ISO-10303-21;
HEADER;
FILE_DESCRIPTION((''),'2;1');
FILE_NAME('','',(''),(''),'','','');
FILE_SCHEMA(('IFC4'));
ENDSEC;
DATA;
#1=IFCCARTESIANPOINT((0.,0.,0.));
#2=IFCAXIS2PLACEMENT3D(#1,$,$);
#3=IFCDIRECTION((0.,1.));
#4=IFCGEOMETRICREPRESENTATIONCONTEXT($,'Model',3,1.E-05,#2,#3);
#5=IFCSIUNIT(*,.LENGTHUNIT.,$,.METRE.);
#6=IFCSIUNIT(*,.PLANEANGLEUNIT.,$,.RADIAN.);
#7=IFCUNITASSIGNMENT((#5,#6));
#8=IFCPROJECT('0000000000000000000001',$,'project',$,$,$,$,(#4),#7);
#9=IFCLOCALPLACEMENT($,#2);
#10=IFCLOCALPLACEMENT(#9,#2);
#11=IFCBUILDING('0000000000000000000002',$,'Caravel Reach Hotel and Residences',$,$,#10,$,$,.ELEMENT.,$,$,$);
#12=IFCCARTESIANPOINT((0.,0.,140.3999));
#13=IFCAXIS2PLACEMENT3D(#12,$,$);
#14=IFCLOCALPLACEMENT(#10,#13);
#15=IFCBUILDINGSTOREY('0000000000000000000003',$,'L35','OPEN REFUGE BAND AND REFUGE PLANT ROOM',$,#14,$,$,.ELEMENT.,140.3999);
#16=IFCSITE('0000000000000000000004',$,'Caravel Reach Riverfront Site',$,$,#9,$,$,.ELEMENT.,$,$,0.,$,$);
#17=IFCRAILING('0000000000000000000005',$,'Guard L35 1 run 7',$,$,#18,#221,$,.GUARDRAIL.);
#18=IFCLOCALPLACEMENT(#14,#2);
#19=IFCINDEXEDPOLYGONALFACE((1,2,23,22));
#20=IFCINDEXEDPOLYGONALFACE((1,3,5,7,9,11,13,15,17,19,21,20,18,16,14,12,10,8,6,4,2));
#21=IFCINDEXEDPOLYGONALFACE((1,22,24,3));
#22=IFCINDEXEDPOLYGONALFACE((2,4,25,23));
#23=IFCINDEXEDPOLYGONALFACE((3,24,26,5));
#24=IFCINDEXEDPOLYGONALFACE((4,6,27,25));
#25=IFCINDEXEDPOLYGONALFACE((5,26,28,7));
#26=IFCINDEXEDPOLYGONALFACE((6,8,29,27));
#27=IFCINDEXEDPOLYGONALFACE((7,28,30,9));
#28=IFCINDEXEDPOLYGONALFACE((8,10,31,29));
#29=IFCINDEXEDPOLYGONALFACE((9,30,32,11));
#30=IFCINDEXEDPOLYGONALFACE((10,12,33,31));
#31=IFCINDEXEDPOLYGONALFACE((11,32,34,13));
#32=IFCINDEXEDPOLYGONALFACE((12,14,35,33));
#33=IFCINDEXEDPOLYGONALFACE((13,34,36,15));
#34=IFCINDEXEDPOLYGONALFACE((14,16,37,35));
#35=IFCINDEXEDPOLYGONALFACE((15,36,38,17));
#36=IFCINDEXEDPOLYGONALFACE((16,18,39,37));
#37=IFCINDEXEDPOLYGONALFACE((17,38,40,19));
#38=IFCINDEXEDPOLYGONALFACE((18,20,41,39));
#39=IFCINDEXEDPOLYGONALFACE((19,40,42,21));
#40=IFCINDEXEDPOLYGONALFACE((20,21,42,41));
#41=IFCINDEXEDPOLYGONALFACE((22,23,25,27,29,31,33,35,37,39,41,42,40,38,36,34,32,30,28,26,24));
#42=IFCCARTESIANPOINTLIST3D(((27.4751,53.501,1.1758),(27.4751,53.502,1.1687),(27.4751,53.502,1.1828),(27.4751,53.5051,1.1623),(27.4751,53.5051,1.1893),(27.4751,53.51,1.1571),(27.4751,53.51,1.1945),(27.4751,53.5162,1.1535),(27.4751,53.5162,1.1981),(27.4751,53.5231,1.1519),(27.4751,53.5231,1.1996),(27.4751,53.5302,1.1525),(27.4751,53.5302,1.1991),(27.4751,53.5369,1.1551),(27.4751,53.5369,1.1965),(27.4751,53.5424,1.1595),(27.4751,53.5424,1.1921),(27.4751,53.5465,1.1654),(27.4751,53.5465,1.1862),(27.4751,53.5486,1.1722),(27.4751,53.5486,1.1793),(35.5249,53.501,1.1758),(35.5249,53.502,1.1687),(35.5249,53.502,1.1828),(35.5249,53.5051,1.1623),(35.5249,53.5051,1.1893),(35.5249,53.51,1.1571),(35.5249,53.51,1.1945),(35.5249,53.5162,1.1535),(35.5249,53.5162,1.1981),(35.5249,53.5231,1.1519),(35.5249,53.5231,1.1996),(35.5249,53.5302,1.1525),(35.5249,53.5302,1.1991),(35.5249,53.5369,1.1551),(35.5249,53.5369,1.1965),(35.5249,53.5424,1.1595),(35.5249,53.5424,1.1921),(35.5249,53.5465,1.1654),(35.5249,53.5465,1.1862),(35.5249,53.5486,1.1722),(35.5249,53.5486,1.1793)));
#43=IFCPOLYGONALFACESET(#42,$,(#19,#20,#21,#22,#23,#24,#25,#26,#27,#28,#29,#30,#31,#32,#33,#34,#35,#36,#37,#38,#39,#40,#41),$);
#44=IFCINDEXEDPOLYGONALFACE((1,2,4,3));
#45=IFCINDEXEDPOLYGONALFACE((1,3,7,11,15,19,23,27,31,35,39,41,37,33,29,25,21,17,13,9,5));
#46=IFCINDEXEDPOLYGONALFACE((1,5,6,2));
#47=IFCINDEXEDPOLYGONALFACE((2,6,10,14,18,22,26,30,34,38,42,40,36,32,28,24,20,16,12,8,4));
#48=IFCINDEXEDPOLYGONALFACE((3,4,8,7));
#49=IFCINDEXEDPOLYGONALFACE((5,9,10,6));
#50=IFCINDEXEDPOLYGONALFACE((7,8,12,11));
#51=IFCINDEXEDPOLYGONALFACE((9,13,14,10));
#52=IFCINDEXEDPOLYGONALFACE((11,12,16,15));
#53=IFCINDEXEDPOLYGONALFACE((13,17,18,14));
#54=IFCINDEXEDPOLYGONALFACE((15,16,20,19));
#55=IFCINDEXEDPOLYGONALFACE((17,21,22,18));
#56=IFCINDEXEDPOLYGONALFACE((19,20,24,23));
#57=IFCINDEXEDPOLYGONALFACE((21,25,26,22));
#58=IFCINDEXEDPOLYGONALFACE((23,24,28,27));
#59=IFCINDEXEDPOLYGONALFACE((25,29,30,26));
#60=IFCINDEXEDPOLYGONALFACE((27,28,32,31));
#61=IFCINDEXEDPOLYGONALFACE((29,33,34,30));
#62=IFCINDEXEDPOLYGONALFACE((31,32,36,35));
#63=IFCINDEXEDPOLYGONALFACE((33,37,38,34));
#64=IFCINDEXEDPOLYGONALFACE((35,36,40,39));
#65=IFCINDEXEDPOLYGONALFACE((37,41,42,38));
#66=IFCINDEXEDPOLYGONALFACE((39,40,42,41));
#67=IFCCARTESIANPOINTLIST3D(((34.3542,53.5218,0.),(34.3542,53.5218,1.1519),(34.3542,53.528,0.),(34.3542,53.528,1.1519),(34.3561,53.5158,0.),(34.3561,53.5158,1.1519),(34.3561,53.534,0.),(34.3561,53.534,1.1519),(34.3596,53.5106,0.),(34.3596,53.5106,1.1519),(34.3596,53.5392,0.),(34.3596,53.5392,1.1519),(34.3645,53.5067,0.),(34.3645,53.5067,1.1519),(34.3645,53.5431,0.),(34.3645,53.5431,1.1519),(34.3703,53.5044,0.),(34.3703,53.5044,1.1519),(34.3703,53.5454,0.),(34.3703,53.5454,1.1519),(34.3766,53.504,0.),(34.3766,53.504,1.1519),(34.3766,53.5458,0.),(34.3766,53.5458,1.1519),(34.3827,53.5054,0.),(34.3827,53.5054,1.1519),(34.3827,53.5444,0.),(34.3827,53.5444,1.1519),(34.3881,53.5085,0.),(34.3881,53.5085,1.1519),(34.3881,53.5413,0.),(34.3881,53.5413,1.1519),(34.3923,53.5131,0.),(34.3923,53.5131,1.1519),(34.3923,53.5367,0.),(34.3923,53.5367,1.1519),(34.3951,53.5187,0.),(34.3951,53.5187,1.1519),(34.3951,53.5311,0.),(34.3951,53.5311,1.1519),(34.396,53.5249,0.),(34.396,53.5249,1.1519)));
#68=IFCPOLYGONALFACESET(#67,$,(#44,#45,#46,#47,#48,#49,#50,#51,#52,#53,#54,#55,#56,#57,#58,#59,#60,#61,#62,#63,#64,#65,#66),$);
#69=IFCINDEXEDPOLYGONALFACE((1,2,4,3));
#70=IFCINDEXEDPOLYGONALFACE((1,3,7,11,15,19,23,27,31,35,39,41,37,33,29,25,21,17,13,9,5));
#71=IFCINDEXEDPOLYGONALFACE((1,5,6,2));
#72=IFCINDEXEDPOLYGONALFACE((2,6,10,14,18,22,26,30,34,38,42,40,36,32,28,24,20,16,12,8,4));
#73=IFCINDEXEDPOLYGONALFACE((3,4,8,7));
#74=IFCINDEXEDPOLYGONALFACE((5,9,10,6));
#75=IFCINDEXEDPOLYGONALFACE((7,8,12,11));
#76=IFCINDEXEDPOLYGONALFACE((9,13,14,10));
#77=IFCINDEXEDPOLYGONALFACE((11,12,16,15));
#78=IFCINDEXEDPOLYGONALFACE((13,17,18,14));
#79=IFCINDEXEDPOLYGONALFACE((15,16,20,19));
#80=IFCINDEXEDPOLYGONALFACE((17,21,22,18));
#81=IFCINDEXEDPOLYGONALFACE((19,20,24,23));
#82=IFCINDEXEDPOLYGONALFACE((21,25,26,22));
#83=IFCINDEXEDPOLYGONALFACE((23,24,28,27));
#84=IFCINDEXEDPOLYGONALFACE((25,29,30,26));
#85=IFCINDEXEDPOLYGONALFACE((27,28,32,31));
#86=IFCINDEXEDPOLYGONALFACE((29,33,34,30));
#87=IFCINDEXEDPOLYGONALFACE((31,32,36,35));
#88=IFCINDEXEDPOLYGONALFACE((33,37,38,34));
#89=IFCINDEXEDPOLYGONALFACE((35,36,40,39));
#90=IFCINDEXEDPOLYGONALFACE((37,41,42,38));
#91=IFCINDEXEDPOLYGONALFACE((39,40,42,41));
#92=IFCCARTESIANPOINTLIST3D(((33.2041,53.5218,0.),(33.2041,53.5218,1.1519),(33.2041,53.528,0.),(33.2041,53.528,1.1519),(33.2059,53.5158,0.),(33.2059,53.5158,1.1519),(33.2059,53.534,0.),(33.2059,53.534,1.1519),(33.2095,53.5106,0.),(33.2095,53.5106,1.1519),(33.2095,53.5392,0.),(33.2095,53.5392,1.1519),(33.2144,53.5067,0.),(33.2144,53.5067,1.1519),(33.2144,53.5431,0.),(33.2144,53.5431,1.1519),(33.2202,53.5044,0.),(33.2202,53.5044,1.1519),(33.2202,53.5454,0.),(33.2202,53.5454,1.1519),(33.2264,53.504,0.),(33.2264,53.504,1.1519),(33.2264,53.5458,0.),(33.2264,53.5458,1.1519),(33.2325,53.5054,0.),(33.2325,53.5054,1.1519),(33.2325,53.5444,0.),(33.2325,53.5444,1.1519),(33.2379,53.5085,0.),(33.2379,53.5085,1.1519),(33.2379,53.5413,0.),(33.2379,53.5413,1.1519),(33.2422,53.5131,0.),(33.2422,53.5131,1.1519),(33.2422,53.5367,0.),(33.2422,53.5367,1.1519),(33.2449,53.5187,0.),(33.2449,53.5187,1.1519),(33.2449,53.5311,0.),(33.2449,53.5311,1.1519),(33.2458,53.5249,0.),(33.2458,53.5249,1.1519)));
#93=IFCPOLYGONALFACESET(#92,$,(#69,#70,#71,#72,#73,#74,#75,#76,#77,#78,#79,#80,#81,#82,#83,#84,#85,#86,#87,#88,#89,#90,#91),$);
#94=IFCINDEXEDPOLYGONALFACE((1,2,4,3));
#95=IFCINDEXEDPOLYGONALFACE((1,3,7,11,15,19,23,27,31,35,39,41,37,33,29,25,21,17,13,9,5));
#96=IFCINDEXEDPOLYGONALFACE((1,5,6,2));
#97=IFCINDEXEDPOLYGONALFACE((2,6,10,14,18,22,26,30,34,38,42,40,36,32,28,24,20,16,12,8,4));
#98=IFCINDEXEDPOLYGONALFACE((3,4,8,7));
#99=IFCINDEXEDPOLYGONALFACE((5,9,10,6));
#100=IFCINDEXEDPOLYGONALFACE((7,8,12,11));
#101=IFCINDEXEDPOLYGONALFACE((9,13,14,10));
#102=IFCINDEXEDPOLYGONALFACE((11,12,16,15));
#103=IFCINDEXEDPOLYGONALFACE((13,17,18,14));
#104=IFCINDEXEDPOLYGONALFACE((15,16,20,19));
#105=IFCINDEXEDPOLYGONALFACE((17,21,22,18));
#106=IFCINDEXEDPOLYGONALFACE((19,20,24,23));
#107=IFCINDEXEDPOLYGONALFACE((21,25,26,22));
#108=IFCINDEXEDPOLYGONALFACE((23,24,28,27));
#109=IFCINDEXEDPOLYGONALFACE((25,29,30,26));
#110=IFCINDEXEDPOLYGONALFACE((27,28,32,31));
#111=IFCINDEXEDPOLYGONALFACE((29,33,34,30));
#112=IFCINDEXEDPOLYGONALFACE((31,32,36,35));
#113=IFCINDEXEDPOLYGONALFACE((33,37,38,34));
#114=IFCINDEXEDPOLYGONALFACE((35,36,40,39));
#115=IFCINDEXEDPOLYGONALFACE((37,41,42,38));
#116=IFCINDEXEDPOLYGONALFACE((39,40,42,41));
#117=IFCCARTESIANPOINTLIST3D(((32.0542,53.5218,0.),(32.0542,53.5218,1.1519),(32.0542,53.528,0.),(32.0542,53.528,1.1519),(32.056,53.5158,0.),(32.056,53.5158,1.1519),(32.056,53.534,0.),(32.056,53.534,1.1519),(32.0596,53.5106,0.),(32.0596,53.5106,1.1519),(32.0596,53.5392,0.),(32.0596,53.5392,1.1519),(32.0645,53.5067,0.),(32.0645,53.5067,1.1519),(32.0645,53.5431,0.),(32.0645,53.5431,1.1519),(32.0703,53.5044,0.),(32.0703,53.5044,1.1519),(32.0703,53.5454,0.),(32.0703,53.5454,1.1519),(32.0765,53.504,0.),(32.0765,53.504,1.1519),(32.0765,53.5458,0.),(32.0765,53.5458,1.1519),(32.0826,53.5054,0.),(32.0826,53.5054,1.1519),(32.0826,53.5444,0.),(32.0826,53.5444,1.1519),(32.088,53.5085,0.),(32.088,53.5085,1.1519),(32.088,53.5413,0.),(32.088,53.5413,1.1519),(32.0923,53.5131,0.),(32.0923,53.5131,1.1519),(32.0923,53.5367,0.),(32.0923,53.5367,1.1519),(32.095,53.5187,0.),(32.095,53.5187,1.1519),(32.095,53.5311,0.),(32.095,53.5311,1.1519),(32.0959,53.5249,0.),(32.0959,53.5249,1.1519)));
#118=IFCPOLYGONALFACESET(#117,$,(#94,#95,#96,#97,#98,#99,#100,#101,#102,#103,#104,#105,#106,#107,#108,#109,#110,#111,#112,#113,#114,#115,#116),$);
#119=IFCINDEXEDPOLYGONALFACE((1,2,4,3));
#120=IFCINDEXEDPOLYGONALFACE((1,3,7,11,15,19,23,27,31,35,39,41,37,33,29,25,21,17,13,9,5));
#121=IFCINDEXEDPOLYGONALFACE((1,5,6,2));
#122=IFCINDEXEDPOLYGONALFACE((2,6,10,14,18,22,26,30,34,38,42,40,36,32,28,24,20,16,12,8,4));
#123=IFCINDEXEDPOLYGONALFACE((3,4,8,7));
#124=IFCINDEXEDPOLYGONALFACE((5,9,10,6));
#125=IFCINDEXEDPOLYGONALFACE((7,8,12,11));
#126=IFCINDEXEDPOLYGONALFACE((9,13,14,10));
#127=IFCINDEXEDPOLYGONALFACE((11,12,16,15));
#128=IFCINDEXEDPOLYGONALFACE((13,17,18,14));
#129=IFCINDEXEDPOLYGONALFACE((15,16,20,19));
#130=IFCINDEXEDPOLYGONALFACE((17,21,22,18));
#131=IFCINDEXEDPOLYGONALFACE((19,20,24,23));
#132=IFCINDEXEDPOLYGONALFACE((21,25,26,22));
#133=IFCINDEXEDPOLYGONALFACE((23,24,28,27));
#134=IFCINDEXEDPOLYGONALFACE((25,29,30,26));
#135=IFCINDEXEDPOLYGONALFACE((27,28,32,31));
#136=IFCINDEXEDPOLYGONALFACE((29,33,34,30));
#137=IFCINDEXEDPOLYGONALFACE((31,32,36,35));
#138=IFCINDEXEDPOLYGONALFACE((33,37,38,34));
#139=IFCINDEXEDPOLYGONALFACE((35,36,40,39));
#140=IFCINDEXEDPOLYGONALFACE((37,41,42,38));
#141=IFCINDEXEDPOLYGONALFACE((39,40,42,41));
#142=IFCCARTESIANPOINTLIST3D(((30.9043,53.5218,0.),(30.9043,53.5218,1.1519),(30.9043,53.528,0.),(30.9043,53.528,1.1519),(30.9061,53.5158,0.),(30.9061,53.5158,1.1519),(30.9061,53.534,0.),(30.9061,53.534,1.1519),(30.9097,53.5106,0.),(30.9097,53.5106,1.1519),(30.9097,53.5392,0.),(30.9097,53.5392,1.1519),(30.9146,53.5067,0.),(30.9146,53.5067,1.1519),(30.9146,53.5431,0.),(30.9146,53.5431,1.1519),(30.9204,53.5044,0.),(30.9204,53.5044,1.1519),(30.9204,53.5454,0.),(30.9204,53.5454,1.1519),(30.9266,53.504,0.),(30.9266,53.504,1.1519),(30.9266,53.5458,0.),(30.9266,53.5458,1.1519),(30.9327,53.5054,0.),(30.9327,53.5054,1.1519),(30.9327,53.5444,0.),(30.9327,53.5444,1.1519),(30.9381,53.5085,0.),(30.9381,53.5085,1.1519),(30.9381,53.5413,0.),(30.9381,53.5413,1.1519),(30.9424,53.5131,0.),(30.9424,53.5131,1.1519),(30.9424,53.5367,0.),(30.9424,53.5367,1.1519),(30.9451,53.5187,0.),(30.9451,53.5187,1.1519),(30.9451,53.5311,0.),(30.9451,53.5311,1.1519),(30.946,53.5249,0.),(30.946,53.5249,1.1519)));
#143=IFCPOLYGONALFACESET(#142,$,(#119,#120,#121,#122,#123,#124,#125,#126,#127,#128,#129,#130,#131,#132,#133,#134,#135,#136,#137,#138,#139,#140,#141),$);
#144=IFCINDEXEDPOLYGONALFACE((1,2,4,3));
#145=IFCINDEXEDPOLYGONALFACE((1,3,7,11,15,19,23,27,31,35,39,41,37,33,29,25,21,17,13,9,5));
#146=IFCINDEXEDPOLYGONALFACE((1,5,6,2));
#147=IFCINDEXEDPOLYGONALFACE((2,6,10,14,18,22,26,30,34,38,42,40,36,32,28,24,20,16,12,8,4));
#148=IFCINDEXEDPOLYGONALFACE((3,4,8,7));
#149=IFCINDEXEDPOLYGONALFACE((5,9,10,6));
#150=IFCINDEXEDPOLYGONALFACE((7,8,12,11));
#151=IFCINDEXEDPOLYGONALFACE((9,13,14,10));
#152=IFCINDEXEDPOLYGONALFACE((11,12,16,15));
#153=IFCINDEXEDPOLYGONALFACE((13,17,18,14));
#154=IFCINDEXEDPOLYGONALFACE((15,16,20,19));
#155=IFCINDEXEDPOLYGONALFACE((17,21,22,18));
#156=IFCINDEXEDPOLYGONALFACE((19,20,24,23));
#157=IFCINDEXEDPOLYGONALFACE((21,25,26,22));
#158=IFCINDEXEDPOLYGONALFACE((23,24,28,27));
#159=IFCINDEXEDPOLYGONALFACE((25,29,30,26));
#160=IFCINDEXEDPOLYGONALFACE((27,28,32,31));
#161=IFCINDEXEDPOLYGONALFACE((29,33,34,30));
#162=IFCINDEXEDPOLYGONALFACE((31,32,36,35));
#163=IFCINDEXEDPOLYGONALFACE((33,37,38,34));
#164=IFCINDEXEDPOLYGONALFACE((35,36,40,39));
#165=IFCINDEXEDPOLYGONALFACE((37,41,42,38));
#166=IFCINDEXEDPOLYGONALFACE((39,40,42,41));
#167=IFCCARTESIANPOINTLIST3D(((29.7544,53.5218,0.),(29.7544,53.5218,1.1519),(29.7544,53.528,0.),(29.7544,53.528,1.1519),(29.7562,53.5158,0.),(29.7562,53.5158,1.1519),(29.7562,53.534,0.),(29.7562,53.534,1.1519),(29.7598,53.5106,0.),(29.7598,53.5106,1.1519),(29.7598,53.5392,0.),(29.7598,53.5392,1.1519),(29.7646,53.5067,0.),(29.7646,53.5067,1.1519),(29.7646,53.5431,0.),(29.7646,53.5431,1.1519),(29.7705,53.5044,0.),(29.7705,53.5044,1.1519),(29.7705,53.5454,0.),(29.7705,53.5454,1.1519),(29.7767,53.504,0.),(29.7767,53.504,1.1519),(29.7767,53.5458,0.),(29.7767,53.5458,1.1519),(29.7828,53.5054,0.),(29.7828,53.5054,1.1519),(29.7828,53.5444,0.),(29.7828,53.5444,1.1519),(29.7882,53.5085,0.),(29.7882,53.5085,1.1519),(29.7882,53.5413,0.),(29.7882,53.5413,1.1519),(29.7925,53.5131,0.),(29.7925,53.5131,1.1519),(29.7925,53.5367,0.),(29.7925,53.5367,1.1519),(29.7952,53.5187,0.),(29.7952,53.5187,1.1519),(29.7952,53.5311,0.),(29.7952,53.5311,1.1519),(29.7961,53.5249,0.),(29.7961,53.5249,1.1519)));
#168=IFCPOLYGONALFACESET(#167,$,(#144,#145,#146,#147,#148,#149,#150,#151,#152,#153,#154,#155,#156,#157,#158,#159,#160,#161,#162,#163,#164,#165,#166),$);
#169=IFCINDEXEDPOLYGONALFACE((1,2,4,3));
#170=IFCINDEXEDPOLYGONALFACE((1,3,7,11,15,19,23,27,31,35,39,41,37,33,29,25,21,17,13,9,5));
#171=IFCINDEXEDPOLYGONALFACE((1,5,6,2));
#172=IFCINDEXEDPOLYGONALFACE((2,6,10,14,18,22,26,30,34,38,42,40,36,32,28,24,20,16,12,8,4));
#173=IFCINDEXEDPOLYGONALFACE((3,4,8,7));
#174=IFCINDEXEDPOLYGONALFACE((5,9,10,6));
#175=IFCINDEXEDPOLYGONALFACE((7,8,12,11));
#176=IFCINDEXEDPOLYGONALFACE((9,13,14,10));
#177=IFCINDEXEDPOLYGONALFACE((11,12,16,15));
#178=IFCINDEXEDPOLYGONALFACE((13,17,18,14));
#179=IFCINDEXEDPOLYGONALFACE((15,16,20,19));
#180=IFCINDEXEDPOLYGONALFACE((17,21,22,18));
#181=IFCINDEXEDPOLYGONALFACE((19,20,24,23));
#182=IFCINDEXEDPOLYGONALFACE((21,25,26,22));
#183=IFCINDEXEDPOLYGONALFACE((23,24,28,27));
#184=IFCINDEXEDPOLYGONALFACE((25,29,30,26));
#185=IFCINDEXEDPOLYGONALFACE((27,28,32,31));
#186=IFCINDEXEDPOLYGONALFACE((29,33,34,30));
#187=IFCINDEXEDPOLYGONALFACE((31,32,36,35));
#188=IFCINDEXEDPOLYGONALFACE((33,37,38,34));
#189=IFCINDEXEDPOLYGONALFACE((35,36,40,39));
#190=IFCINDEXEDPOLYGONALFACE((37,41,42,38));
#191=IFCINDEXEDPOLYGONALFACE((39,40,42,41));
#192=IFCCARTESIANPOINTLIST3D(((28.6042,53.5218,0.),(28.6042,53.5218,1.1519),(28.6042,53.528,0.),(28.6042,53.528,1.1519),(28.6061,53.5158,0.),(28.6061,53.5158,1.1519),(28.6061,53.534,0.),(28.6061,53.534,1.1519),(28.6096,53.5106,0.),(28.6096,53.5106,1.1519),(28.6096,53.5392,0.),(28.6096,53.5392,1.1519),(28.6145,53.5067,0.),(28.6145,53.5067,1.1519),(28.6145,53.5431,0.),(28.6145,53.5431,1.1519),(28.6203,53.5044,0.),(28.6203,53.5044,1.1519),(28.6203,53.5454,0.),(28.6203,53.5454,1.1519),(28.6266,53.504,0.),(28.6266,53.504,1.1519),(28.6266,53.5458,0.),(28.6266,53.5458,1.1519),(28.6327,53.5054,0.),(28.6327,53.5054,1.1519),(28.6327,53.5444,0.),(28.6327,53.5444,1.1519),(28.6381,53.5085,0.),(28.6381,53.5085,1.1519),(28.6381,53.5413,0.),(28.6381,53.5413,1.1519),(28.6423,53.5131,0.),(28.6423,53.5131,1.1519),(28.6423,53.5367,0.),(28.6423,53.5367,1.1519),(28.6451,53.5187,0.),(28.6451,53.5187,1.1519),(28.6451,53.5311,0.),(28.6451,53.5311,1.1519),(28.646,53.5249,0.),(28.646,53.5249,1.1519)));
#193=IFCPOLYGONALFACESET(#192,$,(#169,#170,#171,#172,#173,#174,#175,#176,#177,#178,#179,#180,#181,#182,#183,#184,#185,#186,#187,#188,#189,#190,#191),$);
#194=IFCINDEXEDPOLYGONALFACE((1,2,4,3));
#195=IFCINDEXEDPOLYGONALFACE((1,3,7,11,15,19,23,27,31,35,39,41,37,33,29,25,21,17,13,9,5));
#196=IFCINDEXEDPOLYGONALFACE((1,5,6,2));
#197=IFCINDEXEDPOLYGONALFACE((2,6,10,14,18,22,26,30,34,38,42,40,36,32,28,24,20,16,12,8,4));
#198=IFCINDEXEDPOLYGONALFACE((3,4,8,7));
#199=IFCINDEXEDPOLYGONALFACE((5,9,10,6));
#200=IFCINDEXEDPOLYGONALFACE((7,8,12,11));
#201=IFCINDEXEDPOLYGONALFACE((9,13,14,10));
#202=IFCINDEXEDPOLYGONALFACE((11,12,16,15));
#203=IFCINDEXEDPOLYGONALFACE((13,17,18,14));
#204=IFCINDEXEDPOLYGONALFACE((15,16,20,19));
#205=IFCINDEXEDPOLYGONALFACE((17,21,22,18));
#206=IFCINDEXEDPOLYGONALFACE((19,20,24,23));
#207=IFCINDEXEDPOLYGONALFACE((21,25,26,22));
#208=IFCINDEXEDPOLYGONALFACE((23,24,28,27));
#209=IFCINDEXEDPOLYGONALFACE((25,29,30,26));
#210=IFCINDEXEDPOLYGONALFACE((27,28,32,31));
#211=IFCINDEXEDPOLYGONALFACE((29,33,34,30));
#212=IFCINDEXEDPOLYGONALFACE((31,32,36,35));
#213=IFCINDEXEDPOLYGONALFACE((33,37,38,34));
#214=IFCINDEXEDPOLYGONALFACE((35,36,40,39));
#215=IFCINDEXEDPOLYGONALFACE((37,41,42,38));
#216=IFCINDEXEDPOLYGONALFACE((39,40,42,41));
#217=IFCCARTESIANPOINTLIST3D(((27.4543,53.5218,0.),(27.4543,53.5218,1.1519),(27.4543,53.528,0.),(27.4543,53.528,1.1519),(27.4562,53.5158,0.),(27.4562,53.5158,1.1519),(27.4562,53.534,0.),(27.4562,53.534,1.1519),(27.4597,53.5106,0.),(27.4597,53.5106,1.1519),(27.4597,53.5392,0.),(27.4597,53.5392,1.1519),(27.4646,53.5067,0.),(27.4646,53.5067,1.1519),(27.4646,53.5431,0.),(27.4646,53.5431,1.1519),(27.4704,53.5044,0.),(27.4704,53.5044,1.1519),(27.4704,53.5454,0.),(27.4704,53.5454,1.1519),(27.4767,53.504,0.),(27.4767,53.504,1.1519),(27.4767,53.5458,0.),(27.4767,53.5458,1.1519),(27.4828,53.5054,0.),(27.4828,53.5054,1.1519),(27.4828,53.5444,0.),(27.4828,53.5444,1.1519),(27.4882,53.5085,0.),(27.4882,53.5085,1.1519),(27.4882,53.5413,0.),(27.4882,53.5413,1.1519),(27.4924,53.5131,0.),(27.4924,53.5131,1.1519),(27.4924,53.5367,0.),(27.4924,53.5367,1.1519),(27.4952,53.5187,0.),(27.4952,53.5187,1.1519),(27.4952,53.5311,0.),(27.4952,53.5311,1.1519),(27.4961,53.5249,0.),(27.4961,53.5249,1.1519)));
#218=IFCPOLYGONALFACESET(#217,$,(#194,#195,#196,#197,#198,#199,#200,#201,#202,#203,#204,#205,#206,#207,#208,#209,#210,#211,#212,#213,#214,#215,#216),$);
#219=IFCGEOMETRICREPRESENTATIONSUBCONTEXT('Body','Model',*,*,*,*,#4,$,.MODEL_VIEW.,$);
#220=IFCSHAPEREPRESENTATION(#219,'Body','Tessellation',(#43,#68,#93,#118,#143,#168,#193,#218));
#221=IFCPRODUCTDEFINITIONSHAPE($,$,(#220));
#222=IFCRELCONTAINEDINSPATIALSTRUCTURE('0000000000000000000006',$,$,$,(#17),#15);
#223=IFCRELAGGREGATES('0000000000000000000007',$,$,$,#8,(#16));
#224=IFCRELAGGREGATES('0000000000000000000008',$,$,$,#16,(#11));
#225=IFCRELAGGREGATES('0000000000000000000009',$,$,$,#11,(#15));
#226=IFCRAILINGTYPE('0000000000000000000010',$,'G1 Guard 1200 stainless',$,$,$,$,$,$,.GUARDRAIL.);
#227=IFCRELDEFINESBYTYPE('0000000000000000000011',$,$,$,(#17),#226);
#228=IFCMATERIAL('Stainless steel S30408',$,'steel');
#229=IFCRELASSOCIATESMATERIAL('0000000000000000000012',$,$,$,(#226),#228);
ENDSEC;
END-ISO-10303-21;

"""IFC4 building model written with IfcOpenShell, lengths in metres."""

from ifc_helpers import new_model, si_unit, direction, frame, origin, origin_2d, place, context, subcontext, project, spatial, circle, extrude, material, type_object, element, save


model = new_model("IFC4")

# Units and contexts
model_context = context("Model", 3, precision=1e-05, world=origin(), true_north=direction((0.0, 1.0)))
body_context = subcontext(model_context, "Body", "Model", "MODEL_VIEW")
ifc_project = project(units=[si_unit("LENGTHUNIT", "METRE"), si_unit("PLANEANGLEUNIT", "RADIAN")], contexts=[model_context])

# Site, building, storey
site_placement = place(None, origin())
site = spatial("IfcSite", under=ifc_project, at=site_placement, Name="Caravel Reach Riverfront Site", CompositionType="ELEMENT", RefElevation=0.0)
building_placement = place(site_placement, origin())
building = spatial("IfcBuilding", under=site, at=building_placement, Name="Caravel Reach Hotel and Residences", CompositionType="ELEMENT")
storey_placement = place(building_placement, frame((0.0, 0.0, 140.3999)))
storey = spatial("IfcBuildingStorey", under=building, at=storey_placement, Name="L35", Description="OPEN REFUGE BAND AND REFUGE PLANT ROOM", CompositionType="ELEMENT", Elevation=140.3999)

# Railing
ifc_material_1 = material(Name="Stainless steel S30408", Category="steel")
railing_type = type_object("IfcRailingType", Name="G1 Guard 1200 stainless", PredefinedType="GUARDRAIL", material=ifc_material_1)
railing_1_placement = place(storey_placement, frame((35.5249, 53.5249, 0.0)))
element("IfcRailing", 1, at=railing_1_placement, inside=storey, type_object=railing_type, Name="Guard L35 1 run 7", PredefinedType="GUARDRAIL", context=body_context, shape_type="SweptSolid", body=[
    extrude(circle(Radius=0.0239, at=origin_2d()), frame((0.0, 0.0, 1.1758), z_axis=(-1.0, 0.0, 0.0), x_axis=(0.0, -1.0, 0.0)), (0.0, 0.0, 1.0), 8.0498),
    extrude(circle(Radius=0.021, at=origin_2d()), frame((-1.1499, 0.0, 0.0)), (0.0, 0.0, 1.0), 1.1519),
    extrude(circle(Radius=0.021, at=origin_2d()), frame((-2.3, 0.0, 0.0)), (0.0, 0.0, 1.0), 1.1519),
    extrude(circle(Radius=0.021, at=origin_2d()), frame((-3.45, 0.0, 0.0)), (0.0, 0.0, 1.0), 1.1519),
    extrude(circle(Radius=0.021, at=origin_2d()), frame((-4.5999, 0.0, 0.0)), (0.0, 0.0, 1.0), 1.1519),
    extrude(circle(Radius=0.021, at=origin_2d()), frame((-5.7498, 0.0, 0.0)), (0.0, 0.0, 1.0), 1.1519),
    extrude(circle(Radius=0.021, at=origin_2d()), frame((-6.8999, 0.0, 0.0)), (0.0, 0.0, 1.0), 1.1519),
    extrude(circle(Radius=0.021, at=origin_2d()), frame((-8.0498, 0.0, 0.0)), (0.0, 0.0, 1.0), 1.1519),
])

save(model, "model.ifc")
